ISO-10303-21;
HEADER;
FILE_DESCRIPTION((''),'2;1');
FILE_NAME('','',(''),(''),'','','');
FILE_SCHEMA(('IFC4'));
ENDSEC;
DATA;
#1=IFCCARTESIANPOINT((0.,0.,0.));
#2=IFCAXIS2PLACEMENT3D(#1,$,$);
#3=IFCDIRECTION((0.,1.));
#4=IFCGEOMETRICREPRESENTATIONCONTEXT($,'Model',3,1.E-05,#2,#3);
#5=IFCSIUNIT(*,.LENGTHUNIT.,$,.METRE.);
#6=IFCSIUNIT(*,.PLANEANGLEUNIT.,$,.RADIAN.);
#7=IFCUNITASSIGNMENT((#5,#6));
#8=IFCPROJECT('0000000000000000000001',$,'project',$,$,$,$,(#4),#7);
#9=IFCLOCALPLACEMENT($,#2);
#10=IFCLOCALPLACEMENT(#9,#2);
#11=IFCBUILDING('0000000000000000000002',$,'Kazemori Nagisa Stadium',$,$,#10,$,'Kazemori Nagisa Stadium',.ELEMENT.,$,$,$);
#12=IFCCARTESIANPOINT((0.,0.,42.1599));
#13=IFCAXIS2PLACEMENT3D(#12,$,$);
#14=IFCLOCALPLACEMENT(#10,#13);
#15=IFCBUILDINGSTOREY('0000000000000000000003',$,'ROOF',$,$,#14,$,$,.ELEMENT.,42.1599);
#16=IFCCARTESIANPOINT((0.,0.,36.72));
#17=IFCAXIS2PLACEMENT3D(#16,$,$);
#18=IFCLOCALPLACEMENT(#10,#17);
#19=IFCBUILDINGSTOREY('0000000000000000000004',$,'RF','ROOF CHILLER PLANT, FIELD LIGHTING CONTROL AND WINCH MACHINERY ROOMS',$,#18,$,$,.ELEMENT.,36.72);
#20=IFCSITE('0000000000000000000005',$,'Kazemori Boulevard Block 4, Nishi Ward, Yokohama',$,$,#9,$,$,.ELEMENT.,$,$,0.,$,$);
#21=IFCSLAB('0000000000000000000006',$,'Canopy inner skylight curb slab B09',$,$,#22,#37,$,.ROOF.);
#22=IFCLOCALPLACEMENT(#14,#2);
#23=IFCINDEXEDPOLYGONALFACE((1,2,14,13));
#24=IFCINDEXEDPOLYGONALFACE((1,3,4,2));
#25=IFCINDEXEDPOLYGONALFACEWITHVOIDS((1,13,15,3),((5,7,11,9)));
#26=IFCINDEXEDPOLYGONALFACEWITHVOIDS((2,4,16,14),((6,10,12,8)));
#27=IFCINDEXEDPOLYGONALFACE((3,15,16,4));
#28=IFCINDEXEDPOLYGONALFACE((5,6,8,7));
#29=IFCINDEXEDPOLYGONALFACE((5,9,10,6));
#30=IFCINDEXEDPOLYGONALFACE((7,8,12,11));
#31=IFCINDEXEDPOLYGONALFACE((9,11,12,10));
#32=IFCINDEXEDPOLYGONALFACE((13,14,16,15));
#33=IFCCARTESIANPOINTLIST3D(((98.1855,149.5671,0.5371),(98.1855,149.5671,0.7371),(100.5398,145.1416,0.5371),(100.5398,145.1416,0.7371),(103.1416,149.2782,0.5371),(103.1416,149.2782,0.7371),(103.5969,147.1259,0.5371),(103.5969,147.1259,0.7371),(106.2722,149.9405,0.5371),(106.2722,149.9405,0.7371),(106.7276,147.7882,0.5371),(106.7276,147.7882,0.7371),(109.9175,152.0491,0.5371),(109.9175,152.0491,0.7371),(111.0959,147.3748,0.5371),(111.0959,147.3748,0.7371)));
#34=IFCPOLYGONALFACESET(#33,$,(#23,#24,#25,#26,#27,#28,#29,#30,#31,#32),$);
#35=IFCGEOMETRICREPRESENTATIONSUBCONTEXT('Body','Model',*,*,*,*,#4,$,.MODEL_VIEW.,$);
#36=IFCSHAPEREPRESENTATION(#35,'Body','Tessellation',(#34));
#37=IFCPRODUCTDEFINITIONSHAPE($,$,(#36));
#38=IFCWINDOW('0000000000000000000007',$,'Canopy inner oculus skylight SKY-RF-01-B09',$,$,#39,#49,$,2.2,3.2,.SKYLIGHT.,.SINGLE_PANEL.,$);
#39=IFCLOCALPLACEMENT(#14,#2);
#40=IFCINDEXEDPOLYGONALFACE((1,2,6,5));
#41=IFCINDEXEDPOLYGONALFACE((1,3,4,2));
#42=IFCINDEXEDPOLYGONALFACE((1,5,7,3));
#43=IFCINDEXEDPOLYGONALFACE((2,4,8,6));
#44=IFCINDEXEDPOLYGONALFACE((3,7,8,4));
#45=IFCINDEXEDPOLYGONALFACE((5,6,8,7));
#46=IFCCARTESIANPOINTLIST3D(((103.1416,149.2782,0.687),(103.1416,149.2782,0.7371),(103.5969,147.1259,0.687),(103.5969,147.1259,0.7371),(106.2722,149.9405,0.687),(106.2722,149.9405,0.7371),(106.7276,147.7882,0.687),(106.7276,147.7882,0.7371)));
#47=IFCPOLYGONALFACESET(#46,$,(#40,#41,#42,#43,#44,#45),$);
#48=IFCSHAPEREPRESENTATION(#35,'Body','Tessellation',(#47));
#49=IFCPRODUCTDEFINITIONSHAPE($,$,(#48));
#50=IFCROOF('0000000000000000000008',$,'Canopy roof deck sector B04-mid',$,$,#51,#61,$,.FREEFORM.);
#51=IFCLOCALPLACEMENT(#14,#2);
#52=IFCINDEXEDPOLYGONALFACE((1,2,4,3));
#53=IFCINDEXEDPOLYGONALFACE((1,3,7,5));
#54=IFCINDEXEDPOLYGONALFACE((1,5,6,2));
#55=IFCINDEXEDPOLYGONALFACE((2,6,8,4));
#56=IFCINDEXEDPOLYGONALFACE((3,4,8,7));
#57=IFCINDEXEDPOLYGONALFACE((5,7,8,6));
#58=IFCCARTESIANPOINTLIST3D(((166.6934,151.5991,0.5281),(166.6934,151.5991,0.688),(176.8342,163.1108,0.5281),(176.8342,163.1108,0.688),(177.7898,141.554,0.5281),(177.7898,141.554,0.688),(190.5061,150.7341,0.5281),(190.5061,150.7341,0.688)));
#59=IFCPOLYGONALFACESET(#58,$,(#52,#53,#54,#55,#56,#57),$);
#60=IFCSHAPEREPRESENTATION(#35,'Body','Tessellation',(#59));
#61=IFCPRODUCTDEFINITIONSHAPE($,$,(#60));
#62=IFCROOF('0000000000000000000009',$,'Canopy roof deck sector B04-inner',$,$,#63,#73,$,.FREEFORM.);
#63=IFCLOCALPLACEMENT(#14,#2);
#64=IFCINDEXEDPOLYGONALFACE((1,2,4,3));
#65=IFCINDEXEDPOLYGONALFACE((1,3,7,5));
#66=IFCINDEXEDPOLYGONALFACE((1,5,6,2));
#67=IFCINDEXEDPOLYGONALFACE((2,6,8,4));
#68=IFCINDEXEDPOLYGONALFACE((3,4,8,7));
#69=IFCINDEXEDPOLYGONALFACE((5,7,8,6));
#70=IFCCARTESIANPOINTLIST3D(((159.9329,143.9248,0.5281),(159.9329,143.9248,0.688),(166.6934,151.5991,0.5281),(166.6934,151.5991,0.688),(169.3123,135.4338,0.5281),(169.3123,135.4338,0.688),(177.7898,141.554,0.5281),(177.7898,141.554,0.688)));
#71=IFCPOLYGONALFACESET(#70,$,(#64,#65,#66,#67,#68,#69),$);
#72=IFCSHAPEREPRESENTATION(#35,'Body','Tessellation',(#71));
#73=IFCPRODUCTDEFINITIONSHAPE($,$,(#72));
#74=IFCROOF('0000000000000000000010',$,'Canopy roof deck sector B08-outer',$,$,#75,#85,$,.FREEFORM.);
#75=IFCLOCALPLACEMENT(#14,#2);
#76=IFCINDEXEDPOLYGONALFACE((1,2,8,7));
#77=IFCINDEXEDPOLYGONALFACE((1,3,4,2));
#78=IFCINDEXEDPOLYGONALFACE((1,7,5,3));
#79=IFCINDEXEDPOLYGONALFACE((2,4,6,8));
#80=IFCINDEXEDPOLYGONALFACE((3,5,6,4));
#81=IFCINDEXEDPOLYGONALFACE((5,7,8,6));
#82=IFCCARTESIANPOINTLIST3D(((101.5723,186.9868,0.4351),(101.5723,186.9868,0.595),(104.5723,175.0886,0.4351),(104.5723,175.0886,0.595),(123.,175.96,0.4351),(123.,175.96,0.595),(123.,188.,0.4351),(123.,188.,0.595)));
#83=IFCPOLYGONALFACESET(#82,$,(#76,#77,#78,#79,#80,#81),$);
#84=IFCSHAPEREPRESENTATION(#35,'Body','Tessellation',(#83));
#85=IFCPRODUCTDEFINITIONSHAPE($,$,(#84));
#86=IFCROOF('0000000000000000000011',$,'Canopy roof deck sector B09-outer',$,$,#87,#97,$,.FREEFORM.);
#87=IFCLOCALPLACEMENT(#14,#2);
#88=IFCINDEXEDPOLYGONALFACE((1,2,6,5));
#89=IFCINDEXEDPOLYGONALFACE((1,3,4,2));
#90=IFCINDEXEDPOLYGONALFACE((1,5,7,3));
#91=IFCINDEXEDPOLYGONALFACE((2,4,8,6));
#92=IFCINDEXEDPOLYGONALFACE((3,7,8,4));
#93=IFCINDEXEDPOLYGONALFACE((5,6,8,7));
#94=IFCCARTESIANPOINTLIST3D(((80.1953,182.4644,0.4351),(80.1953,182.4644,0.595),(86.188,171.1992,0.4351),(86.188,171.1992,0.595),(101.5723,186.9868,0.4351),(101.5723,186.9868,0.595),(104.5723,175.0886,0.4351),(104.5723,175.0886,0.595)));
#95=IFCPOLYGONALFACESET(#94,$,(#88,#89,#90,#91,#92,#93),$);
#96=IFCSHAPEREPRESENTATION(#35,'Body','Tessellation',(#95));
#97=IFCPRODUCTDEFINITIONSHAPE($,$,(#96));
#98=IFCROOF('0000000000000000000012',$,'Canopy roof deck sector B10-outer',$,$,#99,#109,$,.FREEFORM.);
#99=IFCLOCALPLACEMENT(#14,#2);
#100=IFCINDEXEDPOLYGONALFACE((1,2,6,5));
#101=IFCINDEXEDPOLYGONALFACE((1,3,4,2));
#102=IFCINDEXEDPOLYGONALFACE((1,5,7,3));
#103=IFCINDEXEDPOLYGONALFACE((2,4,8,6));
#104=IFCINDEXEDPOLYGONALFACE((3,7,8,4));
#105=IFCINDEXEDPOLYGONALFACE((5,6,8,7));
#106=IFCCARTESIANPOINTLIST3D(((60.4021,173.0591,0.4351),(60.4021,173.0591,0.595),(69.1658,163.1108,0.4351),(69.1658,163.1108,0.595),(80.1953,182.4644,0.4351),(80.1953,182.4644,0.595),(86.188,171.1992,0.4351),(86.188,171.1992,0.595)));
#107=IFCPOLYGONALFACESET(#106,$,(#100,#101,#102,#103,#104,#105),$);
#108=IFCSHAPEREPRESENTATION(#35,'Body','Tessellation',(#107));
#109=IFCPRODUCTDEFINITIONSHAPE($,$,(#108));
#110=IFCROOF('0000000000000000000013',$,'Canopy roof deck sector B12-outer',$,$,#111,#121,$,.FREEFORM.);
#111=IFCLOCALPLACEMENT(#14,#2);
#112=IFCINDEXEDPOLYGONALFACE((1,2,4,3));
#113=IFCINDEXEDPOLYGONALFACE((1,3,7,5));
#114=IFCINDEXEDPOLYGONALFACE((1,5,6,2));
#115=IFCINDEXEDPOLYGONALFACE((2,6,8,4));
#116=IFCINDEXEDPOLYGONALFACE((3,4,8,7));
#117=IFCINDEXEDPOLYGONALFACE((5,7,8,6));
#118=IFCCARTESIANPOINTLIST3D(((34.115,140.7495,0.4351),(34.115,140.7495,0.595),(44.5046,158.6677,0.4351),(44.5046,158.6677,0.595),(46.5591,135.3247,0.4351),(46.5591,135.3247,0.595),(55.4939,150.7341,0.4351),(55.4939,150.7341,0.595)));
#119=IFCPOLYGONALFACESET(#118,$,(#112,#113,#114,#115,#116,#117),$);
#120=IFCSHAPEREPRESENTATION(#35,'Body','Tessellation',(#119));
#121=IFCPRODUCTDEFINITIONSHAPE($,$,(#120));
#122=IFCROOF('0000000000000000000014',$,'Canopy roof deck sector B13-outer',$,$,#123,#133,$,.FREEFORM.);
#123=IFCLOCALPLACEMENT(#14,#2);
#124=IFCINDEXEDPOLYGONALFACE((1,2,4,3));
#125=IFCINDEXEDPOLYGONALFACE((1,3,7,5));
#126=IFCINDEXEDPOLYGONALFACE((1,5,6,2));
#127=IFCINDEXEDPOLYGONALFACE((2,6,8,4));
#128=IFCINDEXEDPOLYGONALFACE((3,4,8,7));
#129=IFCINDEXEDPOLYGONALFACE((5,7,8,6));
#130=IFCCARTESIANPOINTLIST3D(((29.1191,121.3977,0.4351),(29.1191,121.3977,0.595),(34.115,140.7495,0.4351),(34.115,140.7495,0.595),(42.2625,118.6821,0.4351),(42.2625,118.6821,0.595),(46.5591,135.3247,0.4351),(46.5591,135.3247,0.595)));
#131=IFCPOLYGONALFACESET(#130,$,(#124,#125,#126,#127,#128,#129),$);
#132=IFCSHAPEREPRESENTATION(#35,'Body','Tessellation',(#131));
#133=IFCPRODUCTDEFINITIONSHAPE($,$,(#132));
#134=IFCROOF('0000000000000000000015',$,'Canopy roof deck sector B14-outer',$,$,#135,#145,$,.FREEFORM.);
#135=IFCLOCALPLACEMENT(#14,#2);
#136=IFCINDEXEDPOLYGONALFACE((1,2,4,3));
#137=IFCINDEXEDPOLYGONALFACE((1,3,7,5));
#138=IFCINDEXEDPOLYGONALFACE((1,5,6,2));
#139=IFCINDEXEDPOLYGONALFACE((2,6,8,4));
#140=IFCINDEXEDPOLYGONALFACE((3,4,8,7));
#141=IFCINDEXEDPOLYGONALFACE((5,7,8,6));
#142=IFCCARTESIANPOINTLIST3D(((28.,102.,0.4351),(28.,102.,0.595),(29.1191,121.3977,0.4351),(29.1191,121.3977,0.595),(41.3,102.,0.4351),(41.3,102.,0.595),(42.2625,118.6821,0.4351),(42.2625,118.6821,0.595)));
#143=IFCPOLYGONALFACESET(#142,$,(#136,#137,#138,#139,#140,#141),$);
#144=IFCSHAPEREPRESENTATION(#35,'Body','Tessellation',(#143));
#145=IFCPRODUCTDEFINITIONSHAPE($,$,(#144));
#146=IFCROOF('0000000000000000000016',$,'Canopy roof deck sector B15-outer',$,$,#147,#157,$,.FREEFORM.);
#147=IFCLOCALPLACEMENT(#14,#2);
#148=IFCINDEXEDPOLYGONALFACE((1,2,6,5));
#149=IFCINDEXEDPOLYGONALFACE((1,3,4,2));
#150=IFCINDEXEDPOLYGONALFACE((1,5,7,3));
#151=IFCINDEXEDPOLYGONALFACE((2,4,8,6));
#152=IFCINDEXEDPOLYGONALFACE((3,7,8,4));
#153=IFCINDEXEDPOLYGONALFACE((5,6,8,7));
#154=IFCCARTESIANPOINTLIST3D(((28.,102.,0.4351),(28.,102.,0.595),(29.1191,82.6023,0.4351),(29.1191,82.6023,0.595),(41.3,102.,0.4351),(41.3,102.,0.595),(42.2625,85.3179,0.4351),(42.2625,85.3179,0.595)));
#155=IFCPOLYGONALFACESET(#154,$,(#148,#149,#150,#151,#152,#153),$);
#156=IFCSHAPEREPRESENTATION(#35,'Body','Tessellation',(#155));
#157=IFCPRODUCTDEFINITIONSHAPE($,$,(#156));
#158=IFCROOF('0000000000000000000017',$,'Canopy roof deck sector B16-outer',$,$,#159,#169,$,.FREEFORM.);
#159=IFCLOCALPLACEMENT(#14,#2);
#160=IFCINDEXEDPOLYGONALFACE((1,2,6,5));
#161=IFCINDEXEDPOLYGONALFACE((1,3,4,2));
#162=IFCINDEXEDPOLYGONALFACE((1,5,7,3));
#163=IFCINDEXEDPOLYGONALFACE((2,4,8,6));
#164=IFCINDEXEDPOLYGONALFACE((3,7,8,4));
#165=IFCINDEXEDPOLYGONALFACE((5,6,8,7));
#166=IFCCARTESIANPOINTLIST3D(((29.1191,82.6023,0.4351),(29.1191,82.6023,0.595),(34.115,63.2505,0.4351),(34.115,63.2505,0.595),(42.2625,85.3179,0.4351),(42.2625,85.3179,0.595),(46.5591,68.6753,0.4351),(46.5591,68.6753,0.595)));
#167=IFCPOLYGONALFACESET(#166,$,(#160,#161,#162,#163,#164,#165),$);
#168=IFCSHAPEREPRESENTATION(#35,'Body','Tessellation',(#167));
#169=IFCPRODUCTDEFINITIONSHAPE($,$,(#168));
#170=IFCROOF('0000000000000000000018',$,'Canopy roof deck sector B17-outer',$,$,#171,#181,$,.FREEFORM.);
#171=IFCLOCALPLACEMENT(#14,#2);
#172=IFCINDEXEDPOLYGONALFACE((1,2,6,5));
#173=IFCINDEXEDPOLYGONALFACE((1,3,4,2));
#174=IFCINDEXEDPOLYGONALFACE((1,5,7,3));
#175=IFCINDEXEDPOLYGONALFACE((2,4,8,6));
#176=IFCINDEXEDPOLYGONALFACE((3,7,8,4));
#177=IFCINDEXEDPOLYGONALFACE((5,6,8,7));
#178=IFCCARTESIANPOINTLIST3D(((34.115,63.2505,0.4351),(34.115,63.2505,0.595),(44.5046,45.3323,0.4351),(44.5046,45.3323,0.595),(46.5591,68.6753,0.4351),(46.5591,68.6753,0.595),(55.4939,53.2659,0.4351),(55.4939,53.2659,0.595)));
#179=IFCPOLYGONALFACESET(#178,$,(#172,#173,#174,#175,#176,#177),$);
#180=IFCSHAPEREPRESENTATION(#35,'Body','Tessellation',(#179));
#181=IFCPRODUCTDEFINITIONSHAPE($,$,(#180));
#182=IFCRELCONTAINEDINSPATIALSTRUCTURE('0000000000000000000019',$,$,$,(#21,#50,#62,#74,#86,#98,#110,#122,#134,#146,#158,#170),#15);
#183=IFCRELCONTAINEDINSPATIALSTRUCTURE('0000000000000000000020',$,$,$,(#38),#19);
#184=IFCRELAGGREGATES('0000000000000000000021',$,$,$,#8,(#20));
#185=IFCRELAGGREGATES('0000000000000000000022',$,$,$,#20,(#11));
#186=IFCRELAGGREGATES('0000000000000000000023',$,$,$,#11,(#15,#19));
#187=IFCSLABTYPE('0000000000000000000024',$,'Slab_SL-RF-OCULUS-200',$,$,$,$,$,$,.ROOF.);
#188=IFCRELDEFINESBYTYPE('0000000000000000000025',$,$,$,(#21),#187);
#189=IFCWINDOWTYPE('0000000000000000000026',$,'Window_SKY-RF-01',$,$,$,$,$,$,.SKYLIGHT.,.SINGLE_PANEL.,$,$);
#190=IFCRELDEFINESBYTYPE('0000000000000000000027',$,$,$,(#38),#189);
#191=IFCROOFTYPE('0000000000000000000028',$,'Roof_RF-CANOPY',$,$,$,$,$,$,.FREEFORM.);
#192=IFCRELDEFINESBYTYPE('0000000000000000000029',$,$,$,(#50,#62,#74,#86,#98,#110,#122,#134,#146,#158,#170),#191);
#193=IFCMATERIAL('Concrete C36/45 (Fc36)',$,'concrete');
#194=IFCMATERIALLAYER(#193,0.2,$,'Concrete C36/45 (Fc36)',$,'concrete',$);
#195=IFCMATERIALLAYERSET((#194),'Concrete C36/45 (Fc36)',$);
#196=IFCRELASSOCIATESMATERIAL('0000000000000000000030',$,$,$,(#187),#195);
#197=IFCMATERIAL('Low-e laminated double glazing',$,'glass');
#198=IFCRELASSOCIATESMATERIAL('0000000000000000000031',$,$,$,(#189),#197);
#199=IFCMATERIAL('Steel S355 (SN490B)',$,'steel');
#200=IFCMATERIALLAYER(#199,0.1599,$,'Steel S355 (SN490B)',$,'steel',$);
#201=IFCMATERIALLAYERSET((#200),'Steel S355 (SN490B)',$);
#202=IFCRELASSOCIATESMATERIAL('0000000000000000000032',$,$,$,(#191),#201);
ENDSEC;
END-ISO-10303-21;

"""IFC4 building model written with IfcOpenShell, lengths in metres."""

from ifc_helpers import new_model, si_unit, direction, frame, origin, origin_2d, place, context, subcontext, project, spatial, polyline, rectangle, outline, extrude, material, layer, layer_set, type_object, element, fill, save


model = new_model("IFC4")

# Units and contexts
model_context = context("Model", 3, precision=1e-05, world=origin(), true_north=direction((0.0, 1.0)))
body_context = subcontext(model_context, "Body", "Model", "MODEL_VIEW")
ifc_project = project(units=[si_unit("LENGTHUNIT", "METRE"), si_unit("PLANEANGLEUNIT", "RADIAN")], contexts=[model_context])

# Site, building, storey
site_placement = place(None, origin())
site = spatial("IfcSite", under=ifc_project, at=site_placement, Name="Kazemori Boulevard Block 4, Nishi Ward, Yokohama", CompositionType="ELEMENT", RefElevation=0.0)
building_placement = place(site_placement, origin())
building = spatial("IfcBuilding", under=site, at=building_placement, Name="Kazemori Nagisa Stadium", LongName="Kazemori Nagisa Stadium", CompositionType="ELEMENT")
storey_1_placement = place(building_placement, frame((0.0, 0.0, 42.1599)))
storey_1 = spatial("IfcBuildingStorey", under=building, at=storey_1_placement, Name="ROOF", CompositionType="ELEMENT", Elevation=42.1599)

# Slab, opening
ifc_material_1 = material(Name="Concrete C36/45 (Fc36)", Category="concrete")
ifc_layer_1 = layer(ifc_material_1, 0.2, Name="Concrete C36/45 (Fc36)", Category="concrete")
ifc_layer_set_1 = layer_set([ifc_layer_1], Name="Concrete C36/45 (Fc36)")
slab_type = type_object("IfcSlabType", Name="Slab_SL-RF-OCULUS-200", PredefinedType="ROOF", material=ifc_layer_set_1)
slab_placement = place(storey_1_placement, frame((0.0, 0.0, 0.5371)))
slab = element("IfcSlab", 1, at=slab_placement, inside=storey_1, type_object=slab_type, Name="Canopy inner skylight curb slab B09", PredefinedType="ROOF", context=body_context, shape_type="SweptSolid", body=[
    extrude(outline(polyline([(111.0959, 147.3748), (100.5398, 145.1416), (98.1855, 149.5671), (109.9175, 152.0491), (111.0959, 147.3748)])), origin(), (0.0, 0.0, 1.0), 0.2),
])
opening_placement = place(slab_placement, frame((104.9346, 148.5332, 0.0), z_axis=(0.0, 0.0, 1.0), x_axis=(-0.978345, -0.206981, 0.0)))
opening = element("IfcOpeningElement", 2, at=opening_placement, cuts=slab, PredefinedType="OPENING", context=body_context, shape_type="SweptSolid", body=[
    extrude(rectangle(XDim=3.2, YDim=2.2, at=origin_2d()), frame((0.0, 0.0, -0.01)), (0.0, 0.0, 1.0), 0.22),
])

# Shared definitions
storey_2_placement = place(building_placement, frame((0.0, 0.0, 36.72)))
storey_2 = spatial("IfcBuildingStorey", under=building, at=storey_2_placement, Name="RF", Description="ROOF CHILLER PLANT, FIELD LIGHTING CONTROL AND WINCH MACHINERY ROOMS", CompositionType="ELEMENT", Elevation=36.72)

# Window
ifc_material_2 = material(Name="Low-e laminated double glazing", Category="glass")
window_type = type_object("IfcWindowType", Name="Window_SKY-RF-01", PartitioningType="SINGLE_PANEL", PredefinedType="SKYLIGHT", material=ifc_material_2)
window_placement = place(opening_placement, frame((0.0, 0.0, 0.1499)))
window = element("IfcWindow", 3, at=window_placement, inside=storey_2, type_object=window_type, Name="Canopy inner oculus skylight SKY-RF-01-B09", OverallHeight=2.2, OverallWidth=3.2, PartitioningType="SINGLE_PANEL", PredefinedType="SKYLIGHT", context=body_context, shape_type="SweptSolid", body=[
    extrude(rectangle(XDim=3.2, YDim=2.2, at=origin_2d()), origin(), (0.0, 0.0, 1.0), 0.05),
])
fill(opening, window)

# Roofs
ifc_material_3 = material(Name="Steel S355 (SN490B)", Category="steel")
ifc_layer_2 = layer(ifc_material_3, 0.1599, Name="Steel S355 (SN490B)", Category="steel")
ifc_layer_set_2 = layer_set([ifc_layer_2], Name="Steel S355 (SN490B)")
roof_type = type_object("IfcRoofType", Name="Roof_RF-CANOPY", PredefinedType="FREEFORM", material=ifc_layer_set_2)
roof_1_placement = place(storey_1_placement, frame((0.0, 0.0, 0.5281)))
element("IfcRoof", 4, at=roof_1_placement, inside=storey_1, type_object=roof_type, Name="Canopy roof deck sector B04-mid", PredefinedType="FREEFORM", context=body_context, shape_type="SweptSolid", body=[
    extrude(outline(polyline([(190.5061, 150.7341), (176.8342, 163.1108), (166.6934, 151.5991), (177.7898, 141.554), (190.5061, 150.7341)])), origin(), (0.0, 0.0, 1.0), 0.1599),
])
roof_2_placement = place(storey_1_placement, frame((0.0, 0.0, 0.5281)))
element("IfcRoof", 5, at=roof_2_placement, inside=storey_1, type_object=roof_type, Name="Canopy roof deck sector B04-inner", PredefinedType="FREEFORM", context=body_context, shape_type="SweptSolid", body=[
    extrude(outline(polyline([(177.7898, 141.554), (166.6934, 151.5991), (159.9329, 143.9248), (169.3123, 135.4338), (177.7898, 141.554)])), origin(), (0.0, 0.0, 1.0), 0.1599),
])
roof_3_placement = place(storey_1_placement, frame((0.0, 0.0, 0.4351)))
element("IfcRoof", 6, at=roof_3_placement, inside=storey_1, type_object=roof_type, Name="Canopy roof deck sector B08-outer", PredefinedType="FREEFORM", context=body_context, shape_type="SweptSolid", body=[
    extrude(outline(polyline([(123.0, 188.0), (101.5723, 186.9868), (104.5723, 175.0886), (123.0, 175.96), (123.0, 188.0)])), origin(), (0.0, 0.0, 1.0), 0.1599),
])
roof_4_placement = place(storey_1_placement, frame((0.0, 0.0, 0.4351)))
element("IfcRoof", 7, at=roof_4_placement, inside=storey_1, type_object=roof_type, Name="Canopy roof deck sector B09-outer", PredefinedType="FREEFORM", context=body_context, shape_type="SweptSolid", body=[
    extrude(outline(polyline([(101.5723, 186.9868), (80.1953, 182.4644), (86.188, 171.1992), (104.5723, 175.0886), (101.5723, 186.9868)])), origin(), (0.0, 0.0, 1.0), 0.1599),
])
roof_5_placement = place(storey_1_placement, frame((0.0, 0.0, 0.4351)))
element("IfcRoof", 8, at=roof_5_placement, inside=storey_1, type_object=roof_type, Name="Canopy roof deck sector B10-outer", PredefinedType="FREEFORM", context=body_context, shape_type="SweptSolid", body=[
    extrude(outline(polyline([(80.1953, 182.4644), (60.4021, 173.0591), (69.1658, 163.1108), (86.188, 171.1992), (80.1953, 182.4644)])), origin(), (0.0, 0.0, 1.0), 0.1599),
])
roof_6_placement = place(storey_1_placement, frame((0.0, 0.0, 0.4351)))
element("IfcRoof", 9, at=roof_6_placement, inside=storey_1, type_object=roof_type, Name="Canopy roof deck sector B12-outer", PredefinedType="FREEFORM", context=body_context, shape_type="SweptSolid", body=[
    extrude(outline(polyline([(44.5046, 158.6677), (34.115, 140.7495), (46.5591, 135.3247), (55.4939, 150.7341), (44.5046, 158.6677)])), origin(), (0.0, 0.0, 1.0), 0.1599),
])
roof_7_placement = place(storey_1_placement, frame((0.0, 0.0, 0.4351)))
element("IfcRoof", 10, at=roof_7_placement, inside=storey_1, type_object=roof_type, Name="Canopy roof deck sector B13-outer", PredefinedType="FREEFORM", context=body_context, shape_type="SweptSolid", body=[
    extrude(outline(polyline([(34.115, 140.7495), (29.1191, 121.3977), (42.2625, 118.6821), (46.5591, 135.3247), (34.115, 140.7495)])), origin(), (0.0, 0.0, 1.0), 0.1599),
])
roof_8_placement = place(storey_1_placement, frame((0.0, 0.0, 0.4351)))
element("IfcRoof", 11, at=roof_8_placement, inside=storey_1, type_object=roof_type, Name="Canopy roof deck sector B14-outer", PredefinedType="FREEFORM", context=body_context, shape_type="SweptSolid", body=[
    extrude(outline(polyline([(29.1191, 121.3977), (28.0, 102.0), (41.3, 102.0), (42.2625, 118.6821), (29.1191, 121.3977)])), origin(), (0.0, 0.0, 1.0), 0.1599),
])
roof_9_placement = place(storey_1_placement, frame((0.0, 0.0, 0.4351)))
element("IfcRoof", 12, at=roof_9_placement, inside=storey_1, type_object=roof_type, Name="Canopy roof deck sector B15-outer", PredefinedType="FREEFORM", context=body_context, shape_type="SweptSolid", body=[
    extrude(outline(polyline([(28.0, 102.0), (29.1191, 82.6023), (42.2625, 85.3179), (41.3, 102.0), (28.0, 102.0)])), origin(), (0.0, 0.0, 1.0), 0.1599),
])
roof_10_placement = place(storey_1_placement, frame((0.0, 0.0, 0.4351)))
element("IfcRoof", 13, at=roof_10_placement, inside=storey_1, type_object=roof_type, Name="Canopy roof deck sector B16-outer", PredefinedType="FREEFORM", context=body_context, shape_type="SweptSolid", body=[
    extrude(outline(polyline([(29.1191, 82.6023), (34.115, 63.2505), (46.5591, 68.6753), (42.2625, 85.3179), (29.1191, 82.6023)])), origin(), (0.0, 0.0, 1.0), 0.1599),
])
roof_11_placement = place(storey_1_placement, frame((0.0, 0.0, 0.4351)))
element("IfcRoof", 14, at=roof_11_placement, inside=storey_1, type_object=roof_type, Name="Canopy roof deck sector B17-outer", PredefinedType="FREEFORM", context=body_context, shape_type="SweptSolid", body=[
    extrude(outline(polyline([(34.115, 63.2505), (44.5046, 45.3323), (55.4939, 53.2659), (46.5591, 68.6753), (34.115, 63.2505)])), origin(), (0.0, 0.0, 1.0), 0.1599),
])

save(model, "model.ifc")
